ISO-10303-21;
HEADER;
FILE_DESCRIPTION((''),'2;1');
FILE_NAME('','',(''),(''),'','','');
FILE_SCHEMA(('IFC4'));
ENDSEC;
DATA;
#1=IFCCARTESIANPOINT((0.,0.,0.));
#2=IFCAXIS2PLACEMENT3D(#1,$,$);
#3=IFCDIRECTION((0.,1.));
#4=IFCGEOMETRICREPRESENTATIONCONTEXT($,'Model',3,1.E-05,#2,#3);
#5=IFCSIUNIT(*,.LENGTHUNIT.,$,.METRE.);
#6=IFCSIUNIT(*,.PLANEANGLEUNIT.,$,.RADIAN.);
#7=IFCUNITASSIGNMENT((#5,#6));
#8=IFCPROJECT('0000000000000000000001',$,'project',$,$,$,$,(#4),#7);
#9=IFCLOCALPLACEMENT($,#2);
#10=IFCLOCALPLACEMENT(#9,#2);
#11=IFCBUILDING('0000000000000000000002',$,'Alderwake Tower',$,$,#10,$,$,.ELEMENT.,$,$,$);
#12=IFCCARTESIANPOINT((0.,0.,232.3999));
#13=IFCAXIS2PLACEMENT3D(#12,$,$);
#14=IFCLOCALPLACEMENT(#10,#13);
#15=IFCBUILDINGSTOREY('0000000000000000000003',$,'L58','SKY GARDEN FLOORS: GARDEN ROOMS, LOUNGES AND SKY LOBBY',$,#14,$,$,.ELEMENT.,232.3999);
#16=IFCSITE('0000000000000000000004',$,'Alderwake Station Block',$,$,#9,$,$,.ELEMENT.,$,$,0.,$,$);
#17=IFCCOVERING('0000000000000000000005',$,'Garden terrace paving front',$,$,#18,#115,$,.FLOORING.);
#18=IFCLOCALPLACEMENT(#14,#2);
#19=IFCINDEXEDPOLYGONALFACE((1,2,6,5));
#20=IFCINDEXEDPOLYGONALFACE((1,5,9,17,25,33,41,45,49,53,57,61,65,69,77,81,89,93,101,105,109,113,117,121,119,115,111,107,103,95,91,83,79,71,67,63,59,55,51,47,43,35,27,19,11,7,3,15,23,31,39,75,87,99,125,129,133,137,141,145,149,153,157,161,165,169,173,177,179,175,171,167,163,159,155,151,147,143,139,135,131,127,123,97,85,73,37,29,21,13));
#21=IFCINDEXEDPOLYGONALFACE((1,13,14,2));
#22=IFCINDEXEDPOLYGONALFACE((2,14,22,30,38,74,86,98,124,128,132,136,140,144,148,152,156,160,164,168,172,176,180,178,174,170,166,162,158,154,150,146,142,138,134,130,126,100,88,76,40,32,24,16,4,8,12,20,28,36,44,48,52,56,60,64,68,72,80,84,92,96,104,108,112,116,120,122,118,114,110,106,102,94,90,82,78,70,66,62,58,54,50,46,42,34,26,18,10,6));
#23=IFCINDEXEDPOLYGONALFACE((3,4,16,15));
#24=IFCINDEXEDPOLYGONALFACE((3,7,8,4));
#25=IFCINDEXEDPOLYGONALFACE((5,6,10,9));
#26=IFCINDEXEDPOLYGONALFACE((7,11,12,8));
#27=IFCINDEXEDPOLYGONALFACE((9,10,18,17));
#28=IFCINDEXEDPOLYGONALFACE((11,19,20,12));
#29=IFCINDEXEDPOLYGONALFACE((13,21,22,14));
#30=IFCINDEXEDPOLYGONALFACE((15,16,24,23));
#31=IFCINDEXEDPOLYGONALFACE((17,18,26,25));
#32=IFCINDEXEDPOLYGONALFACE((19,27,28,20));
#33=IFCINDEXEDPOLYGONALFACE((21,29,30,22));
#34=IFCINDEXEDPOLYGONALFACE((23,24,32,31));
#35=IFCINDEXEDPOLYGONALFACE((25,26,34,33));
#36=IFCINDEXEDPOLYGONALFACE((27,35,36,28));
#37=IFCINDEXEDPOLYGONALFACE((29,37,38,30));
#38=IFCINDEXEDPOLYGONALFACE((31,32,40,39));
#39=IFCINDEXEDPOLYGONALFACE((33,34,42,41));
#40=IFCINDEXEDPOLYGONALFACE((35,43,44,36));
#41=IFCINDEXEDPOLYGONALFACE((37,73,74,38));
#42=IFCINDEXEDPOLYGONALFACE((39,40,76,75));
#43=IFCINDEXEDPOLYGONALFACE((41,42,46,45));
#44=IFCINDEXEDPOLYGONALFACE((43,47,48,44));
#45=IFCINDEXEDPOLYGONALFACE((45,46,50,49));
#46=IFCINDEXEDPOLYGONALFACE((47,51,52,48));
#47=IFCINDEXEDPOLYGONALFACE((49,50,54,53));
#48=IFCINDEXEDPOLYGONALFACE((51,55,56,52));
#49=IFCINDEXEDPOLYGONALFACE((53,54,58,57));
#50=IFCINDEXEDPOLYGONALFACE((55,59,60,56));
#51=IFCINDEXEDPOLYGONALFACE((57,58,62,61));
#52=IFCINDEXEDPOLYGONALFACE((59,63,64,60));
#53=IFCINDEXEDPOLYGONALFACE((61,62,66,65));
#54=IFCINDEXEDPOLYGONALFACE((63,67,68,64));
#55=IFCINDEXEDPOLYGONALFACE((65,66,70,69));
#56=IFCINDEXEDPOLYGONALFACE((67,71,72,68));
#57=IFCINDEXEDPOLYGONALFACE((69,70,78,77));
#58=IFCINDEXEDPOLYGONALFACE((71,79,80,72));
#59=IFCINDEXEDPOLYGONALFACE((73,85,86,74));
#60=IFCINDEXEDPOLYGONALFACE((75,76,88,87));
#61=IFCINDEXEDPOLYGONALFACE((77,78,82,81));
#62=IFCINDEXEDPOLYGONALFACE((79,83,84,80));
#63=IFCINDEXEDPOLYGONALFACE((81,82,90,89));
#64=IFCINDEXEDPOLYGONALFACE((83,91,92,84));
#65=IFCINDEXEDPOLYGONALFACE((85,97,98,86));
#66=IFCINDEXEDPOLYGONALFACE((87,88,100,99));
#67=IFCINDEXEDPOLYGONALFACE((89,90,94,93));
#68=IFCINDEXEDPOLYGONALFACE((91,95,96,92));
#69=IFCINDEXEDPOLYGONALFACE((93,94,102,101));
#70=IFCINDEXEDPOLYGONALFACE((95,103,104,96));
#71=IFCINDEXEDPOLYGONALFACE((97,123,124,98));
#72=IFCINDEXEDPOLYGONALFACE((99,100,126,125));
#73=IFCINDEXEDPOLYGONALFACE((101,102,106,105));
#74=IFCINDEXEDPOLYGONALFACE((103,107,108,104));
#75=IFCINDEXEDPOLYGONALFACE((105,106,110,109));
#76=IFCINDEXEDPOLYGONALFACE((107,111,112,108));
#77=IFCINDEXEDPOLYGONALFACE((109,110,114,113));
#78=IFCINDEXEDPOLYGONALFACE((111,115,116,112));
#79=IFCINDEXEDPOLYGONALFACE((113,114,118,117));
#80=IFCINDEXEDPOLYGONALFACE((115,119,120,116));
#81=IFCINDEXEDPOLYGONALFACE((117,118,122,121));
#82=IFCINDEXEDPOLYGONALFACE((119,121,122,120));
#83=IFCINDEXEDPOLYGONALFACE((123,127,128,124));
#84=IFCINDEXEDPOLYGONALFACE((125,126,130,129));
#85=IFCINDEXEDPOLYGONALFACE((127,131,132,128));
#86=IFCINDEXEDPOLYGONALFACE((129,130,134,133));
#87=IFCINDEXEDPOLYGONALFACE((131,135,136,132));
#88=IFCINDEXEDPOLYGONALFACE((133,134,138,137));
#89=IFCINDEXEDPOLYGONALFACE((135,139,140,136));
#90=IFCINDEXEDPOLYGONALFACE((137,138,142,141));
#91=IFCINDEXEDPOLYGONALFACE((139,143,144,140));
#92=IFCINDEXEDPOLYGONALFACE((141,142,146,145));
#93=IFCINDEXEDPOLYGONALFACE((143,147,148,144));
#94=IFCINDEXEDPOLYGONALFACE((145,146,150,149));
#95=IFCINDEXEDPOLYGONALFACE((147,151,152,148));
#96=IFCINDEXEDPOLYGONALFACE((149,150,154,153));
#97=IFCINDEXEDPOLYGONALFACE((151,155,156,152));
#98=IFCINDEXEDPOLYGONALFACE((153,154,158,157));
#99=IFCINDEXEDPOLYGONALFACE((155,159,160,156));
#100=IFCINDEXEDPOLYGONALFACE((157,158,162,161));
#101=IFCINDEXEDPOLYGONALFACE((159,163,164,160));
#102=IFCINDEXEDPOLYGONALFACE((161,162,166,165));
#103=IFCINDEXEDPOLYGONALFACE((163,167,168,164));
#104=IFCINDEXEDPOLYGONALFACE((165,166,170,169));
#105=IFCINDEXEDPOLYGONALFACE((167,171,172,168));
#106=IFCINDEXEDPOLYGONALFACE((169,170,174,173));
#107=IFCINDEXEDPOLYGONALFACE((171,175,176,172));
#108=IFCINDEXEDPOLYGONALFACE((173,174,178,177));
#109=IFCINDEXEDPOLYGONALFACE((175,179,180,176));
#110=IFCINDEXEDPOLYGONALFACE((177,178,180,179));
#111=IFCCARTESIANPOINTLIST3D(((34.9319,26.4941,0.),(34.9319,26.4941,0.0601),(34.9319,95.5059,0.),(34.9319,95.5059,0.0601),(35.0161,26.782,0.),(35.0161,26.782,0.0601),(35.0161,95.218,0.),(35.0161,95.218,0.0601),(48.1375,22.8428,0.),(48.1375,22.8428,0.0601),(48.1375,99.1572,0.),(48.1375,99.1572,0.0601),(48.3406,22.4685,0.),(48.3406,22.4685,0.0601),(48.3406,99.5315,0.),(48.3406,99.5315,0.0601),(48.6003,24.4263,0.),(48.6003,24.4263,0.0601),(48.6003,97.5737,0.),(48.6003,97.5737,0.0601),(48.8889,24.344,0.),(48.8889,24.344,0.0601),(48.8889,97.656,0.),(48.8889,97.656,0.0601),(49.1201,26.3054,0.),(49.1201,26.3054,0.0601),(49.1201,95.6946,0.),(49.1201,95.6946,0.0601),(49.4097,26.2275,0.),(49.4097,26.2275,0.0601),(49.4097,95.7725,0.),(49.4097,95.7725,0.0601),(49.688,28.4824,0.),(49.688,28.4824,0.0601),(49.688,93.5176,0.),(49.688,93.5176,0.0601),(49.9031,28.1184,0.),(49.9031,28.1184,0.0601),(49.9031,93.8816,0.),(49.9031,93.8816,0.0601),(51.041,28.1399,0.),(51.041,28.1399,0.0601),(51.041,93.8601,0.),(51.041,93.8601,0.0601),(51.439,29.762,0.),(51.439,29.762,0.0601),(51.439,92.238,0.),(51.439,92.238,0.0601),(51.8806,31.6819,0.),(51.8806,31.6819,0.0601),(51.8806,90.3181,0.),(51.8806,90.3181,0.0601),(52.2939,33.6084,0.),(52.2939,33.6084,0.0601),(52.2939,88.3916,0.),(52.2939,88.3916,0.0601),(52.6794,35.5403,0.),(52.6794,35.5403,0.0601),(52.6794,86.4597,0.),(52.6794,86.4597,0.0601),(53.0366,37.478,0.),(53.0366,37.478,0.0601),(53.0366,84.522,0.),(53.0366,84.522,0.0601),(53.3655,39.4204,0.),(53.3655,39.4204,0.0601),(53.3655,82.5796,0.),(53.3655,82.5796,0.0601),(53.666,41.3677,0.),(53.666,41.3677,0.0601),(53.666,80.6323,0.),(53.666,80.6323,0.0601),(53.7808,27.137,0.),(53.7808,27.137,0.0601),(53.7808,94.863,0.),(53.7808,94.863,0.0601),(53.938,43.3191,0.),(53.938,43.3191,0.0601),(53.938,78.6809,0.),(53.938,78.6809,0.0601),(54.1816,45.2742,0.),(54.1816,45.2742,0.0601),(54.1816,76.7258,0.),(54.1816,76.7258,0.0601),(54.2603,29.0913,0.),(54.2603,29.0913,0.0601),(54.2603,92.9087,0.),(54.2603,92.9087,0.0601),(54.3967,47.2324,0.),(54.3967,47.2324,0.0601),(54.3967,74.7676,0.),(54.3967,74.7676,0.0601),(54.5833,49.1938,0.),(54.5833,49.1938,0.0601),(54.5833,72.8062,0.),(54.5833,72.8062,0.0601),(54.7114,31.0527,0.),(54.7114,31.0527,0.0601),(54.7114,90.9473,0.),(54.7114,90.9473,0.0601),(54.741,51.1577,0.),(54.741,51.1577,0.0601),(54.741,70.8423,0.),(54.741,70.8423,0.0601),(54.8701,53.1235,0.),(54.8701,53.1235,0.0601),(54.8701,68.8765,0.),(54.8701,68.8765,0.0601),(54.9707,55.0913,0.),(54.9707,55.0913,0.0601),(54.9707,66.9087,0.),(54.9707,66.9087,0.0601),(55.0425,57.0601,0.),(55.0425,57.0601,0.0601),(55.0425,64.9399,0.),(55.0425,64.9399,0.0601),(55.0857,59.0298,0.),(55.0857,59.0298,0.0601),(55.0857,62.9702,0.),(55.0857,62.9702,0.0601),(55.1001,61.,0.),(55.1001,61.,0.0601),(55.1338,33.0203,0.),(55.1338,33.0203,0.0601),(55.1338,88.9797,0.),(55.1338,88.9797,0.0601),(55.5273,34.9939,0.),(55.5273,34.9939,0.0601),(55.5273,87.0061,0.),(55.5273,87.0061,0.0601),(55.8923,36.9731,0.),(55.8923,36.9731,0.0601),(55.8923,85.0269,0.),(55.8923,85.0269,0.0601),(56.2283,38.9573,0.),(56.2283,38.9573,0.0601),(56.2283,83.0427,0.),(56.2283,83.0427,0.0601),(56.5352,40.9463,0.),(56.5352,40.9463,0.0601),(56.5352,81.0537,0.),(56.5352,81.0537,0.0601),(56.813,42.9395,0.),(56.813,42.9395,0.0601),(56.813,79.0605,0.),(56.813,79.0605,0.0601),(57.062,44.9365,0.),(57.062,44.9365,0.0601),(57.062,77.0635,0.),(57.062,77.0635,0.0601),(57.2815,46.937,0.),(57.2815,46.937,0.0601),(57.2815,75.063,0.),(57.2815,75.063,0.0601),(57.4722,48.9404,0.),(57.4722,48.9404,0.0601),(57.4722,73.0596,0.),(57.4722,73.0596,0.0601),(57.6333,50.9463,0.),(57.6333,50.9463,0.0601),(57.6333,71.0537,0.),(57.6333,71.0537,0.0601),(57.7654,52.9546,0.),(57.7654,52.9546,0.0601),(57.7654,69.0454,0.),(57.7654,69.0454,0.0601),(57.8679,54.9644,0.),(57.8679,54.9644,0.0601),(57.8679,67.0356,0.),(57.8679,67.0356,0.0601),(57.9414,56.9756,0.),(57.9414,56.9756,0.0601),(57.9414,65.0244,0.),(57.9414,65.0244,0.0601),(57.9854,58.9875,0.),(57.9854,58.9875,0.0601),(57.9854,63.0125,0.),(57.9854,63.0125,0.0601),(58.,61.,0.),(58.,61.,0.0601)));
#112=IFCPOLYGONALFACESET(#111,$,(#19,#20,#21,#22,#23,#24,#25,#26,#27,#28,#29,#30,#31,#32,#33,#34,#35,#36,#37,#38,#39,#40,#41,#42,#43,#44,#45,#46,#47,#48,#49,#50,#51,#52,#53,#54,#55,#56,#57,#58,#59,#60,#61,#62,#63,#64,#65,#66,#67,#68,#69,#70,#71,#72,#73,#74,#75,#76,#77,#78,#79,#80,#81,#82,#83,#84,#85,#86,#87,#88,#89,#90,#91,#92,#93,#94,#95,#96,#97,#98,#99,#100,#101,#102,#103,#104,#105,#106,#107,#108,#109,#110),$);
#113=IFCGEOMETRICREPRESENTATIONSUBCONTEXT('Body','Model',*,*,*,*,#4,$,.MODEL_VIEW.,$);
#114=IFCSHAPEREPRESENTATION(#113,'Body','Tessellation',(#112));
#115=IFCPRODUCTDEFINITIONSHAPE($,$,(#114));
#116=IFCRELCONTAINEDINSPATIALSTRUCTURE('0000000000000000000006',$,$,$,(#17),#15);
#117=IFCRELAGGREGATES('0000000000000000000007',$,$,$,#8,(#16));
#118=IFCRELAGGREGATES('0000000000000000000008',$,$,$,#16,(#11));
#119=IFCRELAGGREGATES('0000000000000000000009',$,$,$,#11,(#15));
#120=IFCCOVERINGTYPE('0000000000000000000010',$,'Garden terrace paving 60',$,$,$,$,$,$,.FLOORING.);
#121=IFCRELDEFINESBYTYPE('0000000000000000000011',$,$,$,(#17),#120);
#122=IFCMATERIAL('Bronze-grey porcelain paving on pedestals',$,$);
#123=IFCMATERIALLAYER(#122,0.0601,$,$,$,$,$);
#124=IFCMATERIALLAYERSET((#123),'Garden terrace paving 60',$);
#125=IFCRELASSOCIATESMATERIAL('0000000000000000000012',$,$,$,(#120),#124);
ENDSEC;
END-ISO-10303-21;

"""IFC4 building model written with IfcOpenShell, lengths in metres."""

from ifc_helpers import new_model, si_unit, direction, frame, origin, place, context, subcontext, project, spatial, polyline, outline, extrude, material, layer, layer_set, type_object, element, save


model = new_model("IFC4")

# Units and contexts
model_context = context("Model", 3, precision=1e-05, world=origin(), true_north=direction((0.0, 1.0)))
body_context = subcontext(model_context, "Body", "Model", "MODEL_VIEW")
ifc_project = project(units=[si_unit("LENGTHUNIT", "METRE"), si_unit("PLANEANGLEUNIT", "RADIAN")], contexts=[model_context])

# Site, building, storey
site_placement = place(None, origin())
site = spatial("IfcSite", under=ifc_project, at=site_placement, Name="Alderwake Station Block", CompositionType="ELEMENT", RefElevation=0.0)
building_placement = place(site_placement, origin())
building = spatial("IfcBuilding", under=site, at=building_placement, Name="Alderwake Tower", CompositionType="ELEMENT")
storey_placement = place(building_placement, frame((0.0, 0.0, 232.3999)))
storey = spatial("IfcBuildingStorey", under=building, at=storey_placement, Name="L58", Description="SKY GARDEN FLOORS: GARDEN ROOMS, LOUNGES AND SKY LOBBY", CompositionType="ELEMENT", Elevation=232.3999)

# Covering
ifc_material_1 = material(Name="Bronze-grey porcelain paving on pedestals")
ifc_layer_1 = layer(ifc_material_1, 0.0601)
ifc_layer_set_1 = layer_set([ifc_layer_1], Name="Garden terrace paving 60")
covering_type = type_object("IfcCoveringType", Name="Garden terrace paving 60", PredefinedType="FLOORING", material=ifc_layer_set_1)
covering_1_placement = place(storey_placement, origin())
element("IfcCovering", 1, at=covering_1_placement, inside=storey, type_object=covering_type, Name="Garden terrace paving front", PredefinedType="FLOORING", context=body_context, shape_type="SweptSolid", body=[
    extrude(outline(polyline([(48.3406, 99.5315), (34.9319, 95.5059), (34.9319, 95.5059), (35.0161, 95.218), (48.1375, 99.1572), (48.6003, 97.5737), (49.1201, 95.6946), (49.688, 93.5176), (51.041, 93.8601), (51.439, 92.238), (51.8806, 90.3181), (52.2939, 88.3916), (52.6794, 86.4597), (53.0366, 84.522), (53.3655, 82.5796), (53.666, 80.6323), (53.938, 78.6809), (54.1816, 76.7258), (54.3967, 74.7676), (54.5833, 72.8062), (54.741, 70.8423), (54.8701, 68.8765), (54.9707, 66.9087), (55.0425, 64.9399), (55.0857, 62.9702), (55.1001, 61.0), (55.0857, 59.0298), (55.0425, 57.0601), (54.9707, 55.0913), (54.8701, 53.1235), (54.741, 51.1577), (54.5833, 49.1938), (54.3967, 47.2324), (54.1816, 45.2742), (53.938, 43.3191), (53.666, 41.3677), (53.3655, 39.4204), (53.0366, 37.478), (52.6794, 35.5403), (52.2939, 33.6084), (51.8806, 31.6819), (51.439, 29.762), (51.041, 28.1399), (49.688, 28.4824), (49.1201, 26.3054), (48.6003, 24.4263), (48.1375, 22.8428), (35.0161, 26.782), (34.9319, 26.4941), (34.9319, 26.4941), (48.3406, 22.4685), (48.8889, 24.344), (49.4097, 26.2275), (49.9031, 28.1184), (53.7808, 27.137), (54.2603, 29.0913), (54.7114, 31.0527), (55.1338, 33.0203), (55.5273, 34.9939), (55.8923, 36.9731), (56.2283, 38.9573), (56.5352, 40.9463), (56.813, 42.9395), (57.062, 44.9365), (57.2815, 46.937), (57.4722, 48.9404), (57.6333, 50.9463), (57.7654, 52.9546), (57.8679, 54.9644), (57.9414, 56.9756), (57.9854, 58.9875), (58.0, 61.0), (57.9854, 63.0125), (57.9414, 65.0244), (57.8679, 67.0356), (57.7654, 69.0454), (57.6333, 71.0537), (57.4722, 73.0596), (57.2815, 75.063), (57.062, 77.0635), (56.813, 79.0605), (56.5352, 81.0537), (56.2283, 83.0427), (55.8923, 85.0269), (55.5273, 87.0061), (55.1338, 88.9797), (54.7114, 90.9473), (54.2603, 92.9087), (53.7808, 94.863), (49.9031, 93.8816), (49.4097, 95.7725), (48.8889, 97.656), (48.3406, 99.5315)])), origin(), (0.0, 0.0, 1.0), 0.0601),
])

save(model, "model.ifc")
